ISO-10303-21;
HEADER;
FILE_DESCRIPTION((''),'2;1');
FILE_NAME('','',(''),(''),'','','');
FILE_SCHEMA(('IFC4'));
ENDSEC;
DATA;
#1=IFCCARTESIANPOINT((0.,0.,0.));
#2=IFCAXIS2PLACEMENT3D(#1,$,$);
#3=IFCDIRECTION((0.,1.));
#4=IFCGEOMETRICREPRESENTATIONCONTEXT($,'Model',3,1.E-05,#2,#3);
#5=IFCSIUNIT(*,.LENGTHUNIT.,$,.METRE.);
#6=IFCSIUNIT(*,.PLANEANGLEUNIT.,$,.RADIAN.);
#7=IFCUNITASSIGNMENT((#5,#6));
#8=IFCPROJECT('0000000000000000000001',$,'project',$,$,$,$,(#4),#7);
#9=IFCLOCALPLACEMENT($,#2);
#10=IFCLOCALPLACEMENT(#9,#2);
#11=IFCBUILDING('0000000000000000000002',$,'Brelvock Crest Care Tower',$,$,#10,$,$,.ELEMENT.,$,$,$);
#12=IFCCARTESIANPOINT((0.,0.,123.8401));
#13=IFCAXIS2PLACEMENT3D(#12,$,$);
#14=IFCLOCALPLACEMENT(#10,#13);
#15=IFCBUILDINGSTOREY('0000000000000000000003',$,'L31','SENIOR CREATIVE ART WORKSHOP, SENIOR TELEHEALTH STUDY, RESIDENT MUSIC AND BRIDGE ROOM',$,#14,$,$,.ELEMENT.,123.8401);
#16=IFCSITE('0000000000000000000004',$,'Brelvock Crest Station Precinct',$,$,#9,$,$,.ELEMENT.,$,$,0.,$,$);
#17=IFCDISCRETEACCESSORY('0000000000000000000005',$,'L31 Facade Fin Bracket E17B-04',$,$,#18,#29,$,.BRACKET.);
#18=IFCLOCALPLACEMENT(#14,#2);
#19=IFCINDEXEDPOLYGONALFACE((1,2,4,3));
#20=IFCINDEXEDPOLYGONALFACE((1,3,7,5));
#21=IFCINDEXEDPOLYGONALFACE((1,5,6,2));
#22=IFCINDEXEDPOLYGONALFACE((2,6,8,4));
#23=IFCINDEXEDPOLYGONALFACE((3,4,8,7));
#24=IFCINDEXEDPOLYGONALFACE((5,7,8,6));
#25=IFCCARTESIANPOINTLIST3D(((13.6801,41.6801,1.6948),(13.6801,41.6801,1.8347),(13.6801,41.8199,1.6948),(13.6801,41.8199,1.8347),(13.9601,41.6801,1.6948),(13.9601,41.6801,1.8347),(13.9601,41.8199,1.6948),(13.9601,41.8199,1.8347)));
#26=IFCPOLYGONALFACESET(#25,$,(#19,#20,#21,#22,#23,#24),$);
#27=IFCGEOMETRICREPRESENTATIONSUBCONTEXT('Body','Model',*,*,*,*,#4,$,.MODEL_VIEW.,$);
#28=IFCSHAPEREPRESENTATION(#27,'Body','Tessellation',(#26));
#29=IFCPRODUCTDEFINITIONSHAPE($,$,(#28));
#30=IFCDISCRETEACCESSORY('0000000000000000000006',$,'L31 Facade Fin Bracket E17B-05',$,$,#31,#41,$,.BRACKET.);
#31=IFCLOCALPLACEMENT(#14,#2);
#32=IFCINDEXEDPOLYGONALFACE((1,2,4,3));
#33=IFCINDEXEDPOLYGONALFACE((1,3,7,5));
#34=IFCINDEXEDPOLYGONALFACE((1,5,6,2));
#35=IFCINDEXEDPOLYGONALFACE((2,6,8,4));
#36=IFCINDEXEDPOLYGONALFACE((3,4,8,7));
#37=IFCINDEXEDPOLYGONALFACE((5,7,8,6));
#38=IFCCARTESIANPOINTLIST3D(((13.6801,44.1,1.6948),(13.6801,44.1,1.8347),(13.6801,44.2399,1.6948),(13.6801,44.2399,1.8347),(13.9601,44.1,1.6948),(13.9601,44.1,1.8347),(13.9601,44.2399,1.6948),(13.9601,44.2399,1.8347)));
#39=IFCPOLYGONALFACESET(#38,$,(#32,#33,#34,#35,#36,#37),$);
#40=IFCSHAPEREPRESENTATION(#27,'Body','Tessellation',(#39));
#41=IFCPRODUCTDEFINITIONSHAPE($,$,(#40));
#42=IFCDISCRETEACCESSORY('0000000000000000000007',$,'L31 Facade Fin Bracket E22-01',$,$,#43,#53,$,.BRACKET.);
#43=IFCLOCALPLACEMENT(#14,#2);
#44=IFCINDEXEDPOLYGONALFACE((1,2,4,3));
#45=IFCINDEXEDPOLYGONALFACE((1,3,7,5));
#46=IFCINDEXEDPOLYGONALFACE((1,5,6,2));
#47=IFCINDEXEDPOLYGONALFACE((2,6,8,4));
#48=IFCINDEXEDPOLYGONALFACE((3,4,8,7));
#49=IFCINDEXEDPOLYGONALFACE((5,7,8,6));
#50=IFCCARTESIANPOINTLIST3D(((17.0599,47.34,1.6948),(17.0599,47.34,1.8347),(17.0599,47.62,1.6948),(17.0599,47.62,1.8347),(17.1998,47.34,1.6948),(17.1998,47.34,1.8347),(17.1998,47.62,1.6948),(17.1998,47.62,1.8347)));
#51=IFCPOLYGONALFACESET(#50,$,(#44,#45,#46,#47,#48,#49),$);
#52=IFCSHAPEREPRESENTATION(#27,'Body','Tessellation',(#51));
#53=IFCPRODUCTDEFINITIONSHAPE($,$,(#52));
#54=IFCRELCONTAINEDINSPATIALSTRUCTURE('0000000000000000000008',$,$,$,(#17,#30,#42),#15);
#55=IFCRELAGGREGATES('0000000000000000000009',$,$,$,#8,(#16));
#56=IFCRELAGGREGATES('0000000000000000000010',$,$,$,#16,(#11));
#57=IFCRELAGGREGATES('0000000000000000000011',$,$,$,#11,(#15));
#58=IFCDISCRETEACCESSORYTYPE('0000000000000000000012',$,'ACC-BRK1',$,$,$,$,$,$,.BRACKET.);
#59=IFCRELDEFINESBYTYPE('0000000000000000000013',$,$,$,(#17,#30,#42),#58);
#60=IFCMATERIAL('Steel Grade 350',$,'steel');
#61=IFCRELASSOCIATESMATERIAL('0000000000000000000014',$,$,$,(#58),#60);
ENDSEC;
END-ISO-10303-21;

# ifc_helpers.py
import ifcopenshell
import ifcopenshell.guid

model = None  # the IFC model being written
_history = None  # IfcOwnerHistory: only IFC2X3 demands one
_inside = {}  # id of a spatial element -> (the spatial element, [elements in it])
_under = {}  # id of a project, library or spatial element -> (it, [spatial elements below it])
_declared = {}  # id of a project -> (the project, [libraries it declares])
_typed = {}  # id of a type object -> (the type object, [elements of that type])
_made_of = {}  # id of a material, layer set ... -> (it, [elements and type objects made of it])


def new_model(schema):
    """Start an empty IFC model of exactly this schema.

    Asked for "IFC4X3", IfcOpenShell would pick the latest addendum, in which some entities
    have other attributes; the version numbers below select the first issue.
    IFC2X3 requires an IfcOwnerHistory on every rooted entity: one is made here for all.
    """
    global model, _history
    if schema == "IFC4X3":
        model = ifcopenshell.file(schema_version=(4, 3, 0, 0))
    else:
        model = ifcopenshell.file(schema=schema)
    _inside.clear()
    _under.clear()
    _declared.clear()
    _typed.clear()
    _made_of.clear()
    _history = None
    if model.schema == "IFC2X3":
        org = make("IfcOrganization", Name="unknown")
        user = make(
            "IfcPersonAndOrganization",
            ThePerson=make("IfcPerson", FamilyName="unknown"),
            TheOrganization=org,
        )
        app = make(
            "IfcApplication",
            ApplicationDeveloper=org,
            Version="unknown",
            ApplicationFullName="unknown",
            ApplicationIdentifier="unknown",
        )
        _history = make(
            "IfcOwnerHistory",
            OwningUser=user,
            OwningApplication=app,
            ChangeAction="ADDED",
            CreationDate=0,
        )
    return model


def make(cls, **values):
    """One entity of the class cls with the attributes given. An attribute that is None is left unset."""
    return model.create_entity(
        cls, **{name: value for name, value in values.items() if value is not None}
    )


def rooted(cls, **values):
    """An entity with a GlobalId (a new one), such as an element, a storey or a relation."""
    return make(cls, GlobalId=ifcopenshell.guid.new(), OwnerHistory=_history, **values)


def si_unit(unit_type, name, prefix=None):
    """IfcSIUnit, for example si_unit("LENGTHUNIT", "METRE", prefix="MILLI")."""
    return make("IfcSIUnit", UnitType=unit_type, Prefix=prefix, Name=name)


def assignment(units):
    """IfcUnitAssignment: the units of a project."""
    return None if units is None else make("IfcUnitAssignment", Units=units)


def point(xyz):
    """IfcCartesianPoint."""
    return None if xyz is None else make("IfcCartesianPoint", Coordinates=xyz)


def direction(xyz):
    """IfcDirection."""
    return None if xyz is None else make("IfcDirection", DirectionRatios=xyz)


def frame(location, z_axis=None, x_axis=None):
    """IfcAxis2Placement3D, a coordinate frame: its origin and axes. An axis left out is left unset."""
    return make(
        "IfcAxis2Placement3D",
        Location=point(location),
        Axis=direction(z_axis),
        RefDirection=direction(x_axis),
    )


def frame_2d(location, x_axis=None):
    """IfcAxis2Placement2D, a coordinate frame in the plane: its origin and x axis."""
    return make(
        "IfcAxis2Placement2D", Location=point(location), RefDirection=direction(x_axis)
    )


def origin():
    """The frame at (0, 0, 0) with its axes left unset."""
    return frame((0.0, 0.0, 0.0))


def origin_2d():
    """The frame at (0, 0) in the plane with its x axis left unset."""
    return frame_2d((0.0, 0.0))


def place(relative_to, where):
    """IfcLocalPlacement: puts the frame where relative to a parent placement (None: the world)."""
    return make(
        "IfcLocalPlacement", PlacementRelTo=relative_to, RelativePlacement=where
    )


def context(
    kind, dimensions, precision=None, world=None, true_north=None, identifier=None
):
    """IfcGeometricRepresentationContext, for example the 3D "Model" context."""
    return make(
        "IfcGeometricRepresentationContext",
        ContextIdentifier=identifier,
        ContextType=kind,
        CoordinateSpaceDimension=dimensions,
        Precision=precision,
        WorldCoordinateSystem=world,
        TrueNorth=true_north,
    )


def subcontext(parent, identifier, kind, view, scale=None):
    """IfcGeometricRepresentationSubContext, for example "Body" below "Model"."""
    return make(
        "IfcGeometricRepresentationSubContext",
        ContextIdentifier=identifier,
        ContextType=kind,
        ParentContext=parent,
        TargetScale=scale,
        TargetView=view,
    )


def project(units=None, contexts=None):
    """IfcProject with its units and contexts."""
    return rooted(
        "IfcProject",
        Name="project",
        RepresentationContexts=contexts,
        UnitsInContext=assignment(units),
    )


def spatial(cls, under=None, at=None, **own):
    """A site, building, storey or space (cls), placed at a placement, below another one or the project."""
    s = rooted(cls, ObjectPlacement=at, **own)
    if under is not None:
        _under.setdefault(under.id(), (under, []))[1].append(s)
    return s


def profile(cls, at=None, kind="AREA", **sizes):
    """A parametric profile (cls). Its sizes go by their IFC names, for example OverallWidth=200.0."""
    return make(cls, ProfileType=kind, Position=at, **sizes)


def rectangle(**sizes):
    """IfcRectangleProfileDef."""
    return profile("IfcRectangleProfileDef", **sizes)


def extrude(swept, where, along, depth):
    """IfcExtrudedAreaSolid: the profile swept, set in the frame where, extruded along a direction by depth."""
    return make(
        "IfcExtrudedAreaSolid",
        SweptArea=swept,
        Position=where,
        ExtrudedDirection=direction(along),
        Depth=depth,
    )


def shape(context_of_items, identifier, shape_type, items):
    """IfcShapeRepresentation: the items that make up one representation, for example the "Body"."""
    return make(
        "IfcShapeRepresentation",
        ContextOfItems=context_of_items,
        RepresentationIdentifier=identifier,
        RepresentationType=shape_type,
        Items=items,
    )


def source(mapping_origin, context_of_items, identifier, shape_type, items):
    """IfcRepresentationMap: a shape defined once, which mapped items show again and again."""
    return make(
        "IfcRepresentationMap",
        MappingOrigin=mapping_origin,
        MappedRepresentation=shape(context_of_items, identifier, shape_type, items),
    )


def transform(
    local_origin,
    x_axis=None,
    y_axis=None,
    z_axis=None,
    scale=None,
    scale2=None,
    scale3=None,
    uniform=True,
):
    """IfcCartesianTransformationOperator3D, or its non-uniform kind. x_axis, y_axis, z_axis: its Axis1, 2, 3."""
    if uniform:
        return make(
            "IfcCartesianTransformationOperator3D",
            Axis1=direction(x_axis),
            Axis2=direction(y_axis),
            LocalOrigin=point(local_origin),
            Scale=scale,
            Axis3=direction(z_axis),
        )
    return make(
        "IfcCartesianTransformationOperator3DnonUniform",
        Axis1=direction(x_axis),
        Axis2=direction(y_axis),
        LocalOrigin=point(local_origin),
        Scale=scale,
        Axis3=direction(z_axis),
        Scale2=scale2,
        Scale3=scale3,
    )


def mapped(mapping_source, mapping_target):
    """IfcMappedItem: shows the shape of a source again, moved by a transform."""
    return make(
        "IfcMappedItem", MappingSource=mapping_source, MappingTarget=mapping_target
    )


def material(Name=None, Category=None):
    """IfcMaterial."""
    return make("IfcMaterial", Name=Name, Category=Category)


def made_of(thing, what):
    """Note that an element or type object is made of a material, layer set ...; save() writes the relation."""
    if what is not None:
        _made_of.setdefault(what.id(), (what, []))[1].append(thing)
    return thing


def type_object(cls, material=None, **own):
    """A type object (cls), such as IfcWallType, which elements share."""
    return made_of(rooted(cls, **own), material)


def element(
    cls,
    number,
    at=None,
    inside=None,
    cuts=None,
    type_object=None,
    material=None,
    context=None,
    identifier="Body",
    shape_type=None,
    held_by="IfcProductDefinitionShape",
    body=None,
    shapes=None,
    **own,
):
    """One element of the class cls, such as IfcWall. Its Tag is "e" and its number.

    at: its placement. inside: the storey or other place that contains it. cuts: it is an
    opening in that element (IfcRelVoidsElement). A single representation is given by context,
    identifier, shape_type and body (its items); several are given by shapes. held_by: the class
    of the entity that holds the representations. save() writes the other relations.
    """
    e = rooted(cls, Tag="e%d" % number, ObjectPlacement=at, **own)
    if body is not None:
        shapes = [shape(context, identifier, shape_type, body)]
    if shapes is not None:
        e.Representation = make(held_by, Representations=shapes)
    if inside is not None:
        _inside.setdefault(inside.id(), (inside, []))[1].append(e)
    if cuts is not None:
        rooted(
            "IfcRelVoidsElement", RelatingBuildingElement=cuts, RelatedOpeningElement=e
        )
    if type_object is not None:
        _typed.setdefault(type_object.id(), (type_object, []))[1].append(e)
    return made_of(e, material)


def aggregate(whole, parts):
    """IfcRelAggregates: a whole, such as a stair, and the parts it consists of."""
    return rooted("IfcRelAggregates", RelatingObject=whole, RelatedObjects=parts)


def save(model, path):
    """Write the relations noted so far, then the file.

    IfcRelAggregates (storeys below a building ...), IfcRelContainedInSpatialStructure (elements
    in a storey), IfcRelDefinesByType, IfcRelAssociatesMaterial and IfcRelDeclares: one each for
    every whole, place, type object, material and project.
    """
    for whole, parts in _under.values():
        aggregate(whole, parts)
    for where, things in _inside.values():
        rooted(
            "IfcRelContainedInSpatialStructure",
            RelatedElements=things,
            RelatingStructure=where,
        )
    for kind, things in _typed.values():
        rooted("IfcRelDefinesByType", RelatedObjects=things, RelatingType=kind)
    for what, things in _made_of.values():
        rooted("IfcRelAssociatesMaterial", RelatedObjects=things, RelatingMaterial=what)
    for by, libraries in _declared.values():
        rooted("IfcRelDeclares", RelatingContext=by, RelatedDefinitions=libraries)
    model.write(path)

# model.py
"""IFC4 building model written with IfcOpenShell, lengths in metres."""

from ifc_helpers import new_model, si_unit, direction, frame, origin, origin_2d, place, context, subcontext, project, spatial, rectangle, extrude, source, transform, mapped, material, type_object, element, save


model = new_model("IFC4")

# Units and contexts
model_context = context("Model", 3, precision=1e-05, world=origin(), true_north=direction((0.0, 1.0)))
body_context = subcontext(model_context, "Body", "Model", "MODEL_VIEW")
ifc_project = project(units=[si_unit("LENGTHUNIT", "METRE"), si_unit("PLANEANGLEUNIT", "RADIAN")], contexts=[model_context])

# Site, building, storey
site_placement = place(None, origin())
site = spatial("IfcSite", under=ifc_project, at=site_placement, Name="Brelvock Crest Station Precinct", CompositionType="ELEMENT", RefElevation=0.0)
building_placement = place(site_placement, origin())
building = spatial("IfcBuilding", under=site, at=building_placement, Name="Brelvock Crest Care Tower", CompositionType="ELEMENT")
storey_placement = place(building_placement, frame((0.0, 0.0, 123.8401)))
storey = spatial("IfcBuildingStorey", under=building, at=storey_placement, Name="L31", Description="SENIOR CREATIVE ART WORKSHOP, SENIOR TELEHEALTH STUDY, RESIDENT MUSIC AND BRIDGE ROOM", CompositionType="ELEMENT", Elevation=123.8401)

# Discrete accessories
ifc_material_1 = material(Name="Steel Grade 350", Category="steel")
discrete_accessory_type = type_object("IfcDiscreteAccessoryType", Name="ACC-BRK1", PredefinedType="BRACKET", material=ifc_material_1)
shared_shape_1 = source(origin(), body_context, "Body", "SweptSolid", [
    extrude(rectangle(XDim=0.28, YDim=0.1399, at=origin_2d()), origin(), (0.0, 0.0, 1.0), 0.1399),
])
for number, where, z_axis, x_axis, name in (
    (1, (13.8201, 41.75, 1.6948), (0.0, 0.0, 1.0), (-1.0, 0.0, 0.0), "L31 Facade Fin Bracket E17B-04"),
    (2, (13.8201, 44.1699, 1.6948), (0.0, 0.0, 1.0), (-1.0, 0.0, 0.0), "L31 Facade Fin Bracket E17B-05"),
    (3, (17.1299, 47.48, 1.6948), (0.0, 0.0, 1.0), (0.0, 1.0, 0.0), "L31 Facade Fin Bracket E22-01"),
):
    element("IfcDiscreteAccessory", number, at=place(storey_placement, frame(where, z_axis=z_axis, x_axis=x_axis)), inside=storey, type_object=discrete_accessory_type, Name=name, PredefinedType="BRACKET", context=body_context, shape_type="MappedRepresentation", body=[
        mapped(shared_shape_1, transform((0.0, 0.0, 0.0), x_axis=(1.0, 0.0, 0.0), y_axis=(0.0, 1.0, 0.0), z_axis=(0.0, 0.0, 1.0), scale=1.0)),
    ])

save(model, "model.ifc")
